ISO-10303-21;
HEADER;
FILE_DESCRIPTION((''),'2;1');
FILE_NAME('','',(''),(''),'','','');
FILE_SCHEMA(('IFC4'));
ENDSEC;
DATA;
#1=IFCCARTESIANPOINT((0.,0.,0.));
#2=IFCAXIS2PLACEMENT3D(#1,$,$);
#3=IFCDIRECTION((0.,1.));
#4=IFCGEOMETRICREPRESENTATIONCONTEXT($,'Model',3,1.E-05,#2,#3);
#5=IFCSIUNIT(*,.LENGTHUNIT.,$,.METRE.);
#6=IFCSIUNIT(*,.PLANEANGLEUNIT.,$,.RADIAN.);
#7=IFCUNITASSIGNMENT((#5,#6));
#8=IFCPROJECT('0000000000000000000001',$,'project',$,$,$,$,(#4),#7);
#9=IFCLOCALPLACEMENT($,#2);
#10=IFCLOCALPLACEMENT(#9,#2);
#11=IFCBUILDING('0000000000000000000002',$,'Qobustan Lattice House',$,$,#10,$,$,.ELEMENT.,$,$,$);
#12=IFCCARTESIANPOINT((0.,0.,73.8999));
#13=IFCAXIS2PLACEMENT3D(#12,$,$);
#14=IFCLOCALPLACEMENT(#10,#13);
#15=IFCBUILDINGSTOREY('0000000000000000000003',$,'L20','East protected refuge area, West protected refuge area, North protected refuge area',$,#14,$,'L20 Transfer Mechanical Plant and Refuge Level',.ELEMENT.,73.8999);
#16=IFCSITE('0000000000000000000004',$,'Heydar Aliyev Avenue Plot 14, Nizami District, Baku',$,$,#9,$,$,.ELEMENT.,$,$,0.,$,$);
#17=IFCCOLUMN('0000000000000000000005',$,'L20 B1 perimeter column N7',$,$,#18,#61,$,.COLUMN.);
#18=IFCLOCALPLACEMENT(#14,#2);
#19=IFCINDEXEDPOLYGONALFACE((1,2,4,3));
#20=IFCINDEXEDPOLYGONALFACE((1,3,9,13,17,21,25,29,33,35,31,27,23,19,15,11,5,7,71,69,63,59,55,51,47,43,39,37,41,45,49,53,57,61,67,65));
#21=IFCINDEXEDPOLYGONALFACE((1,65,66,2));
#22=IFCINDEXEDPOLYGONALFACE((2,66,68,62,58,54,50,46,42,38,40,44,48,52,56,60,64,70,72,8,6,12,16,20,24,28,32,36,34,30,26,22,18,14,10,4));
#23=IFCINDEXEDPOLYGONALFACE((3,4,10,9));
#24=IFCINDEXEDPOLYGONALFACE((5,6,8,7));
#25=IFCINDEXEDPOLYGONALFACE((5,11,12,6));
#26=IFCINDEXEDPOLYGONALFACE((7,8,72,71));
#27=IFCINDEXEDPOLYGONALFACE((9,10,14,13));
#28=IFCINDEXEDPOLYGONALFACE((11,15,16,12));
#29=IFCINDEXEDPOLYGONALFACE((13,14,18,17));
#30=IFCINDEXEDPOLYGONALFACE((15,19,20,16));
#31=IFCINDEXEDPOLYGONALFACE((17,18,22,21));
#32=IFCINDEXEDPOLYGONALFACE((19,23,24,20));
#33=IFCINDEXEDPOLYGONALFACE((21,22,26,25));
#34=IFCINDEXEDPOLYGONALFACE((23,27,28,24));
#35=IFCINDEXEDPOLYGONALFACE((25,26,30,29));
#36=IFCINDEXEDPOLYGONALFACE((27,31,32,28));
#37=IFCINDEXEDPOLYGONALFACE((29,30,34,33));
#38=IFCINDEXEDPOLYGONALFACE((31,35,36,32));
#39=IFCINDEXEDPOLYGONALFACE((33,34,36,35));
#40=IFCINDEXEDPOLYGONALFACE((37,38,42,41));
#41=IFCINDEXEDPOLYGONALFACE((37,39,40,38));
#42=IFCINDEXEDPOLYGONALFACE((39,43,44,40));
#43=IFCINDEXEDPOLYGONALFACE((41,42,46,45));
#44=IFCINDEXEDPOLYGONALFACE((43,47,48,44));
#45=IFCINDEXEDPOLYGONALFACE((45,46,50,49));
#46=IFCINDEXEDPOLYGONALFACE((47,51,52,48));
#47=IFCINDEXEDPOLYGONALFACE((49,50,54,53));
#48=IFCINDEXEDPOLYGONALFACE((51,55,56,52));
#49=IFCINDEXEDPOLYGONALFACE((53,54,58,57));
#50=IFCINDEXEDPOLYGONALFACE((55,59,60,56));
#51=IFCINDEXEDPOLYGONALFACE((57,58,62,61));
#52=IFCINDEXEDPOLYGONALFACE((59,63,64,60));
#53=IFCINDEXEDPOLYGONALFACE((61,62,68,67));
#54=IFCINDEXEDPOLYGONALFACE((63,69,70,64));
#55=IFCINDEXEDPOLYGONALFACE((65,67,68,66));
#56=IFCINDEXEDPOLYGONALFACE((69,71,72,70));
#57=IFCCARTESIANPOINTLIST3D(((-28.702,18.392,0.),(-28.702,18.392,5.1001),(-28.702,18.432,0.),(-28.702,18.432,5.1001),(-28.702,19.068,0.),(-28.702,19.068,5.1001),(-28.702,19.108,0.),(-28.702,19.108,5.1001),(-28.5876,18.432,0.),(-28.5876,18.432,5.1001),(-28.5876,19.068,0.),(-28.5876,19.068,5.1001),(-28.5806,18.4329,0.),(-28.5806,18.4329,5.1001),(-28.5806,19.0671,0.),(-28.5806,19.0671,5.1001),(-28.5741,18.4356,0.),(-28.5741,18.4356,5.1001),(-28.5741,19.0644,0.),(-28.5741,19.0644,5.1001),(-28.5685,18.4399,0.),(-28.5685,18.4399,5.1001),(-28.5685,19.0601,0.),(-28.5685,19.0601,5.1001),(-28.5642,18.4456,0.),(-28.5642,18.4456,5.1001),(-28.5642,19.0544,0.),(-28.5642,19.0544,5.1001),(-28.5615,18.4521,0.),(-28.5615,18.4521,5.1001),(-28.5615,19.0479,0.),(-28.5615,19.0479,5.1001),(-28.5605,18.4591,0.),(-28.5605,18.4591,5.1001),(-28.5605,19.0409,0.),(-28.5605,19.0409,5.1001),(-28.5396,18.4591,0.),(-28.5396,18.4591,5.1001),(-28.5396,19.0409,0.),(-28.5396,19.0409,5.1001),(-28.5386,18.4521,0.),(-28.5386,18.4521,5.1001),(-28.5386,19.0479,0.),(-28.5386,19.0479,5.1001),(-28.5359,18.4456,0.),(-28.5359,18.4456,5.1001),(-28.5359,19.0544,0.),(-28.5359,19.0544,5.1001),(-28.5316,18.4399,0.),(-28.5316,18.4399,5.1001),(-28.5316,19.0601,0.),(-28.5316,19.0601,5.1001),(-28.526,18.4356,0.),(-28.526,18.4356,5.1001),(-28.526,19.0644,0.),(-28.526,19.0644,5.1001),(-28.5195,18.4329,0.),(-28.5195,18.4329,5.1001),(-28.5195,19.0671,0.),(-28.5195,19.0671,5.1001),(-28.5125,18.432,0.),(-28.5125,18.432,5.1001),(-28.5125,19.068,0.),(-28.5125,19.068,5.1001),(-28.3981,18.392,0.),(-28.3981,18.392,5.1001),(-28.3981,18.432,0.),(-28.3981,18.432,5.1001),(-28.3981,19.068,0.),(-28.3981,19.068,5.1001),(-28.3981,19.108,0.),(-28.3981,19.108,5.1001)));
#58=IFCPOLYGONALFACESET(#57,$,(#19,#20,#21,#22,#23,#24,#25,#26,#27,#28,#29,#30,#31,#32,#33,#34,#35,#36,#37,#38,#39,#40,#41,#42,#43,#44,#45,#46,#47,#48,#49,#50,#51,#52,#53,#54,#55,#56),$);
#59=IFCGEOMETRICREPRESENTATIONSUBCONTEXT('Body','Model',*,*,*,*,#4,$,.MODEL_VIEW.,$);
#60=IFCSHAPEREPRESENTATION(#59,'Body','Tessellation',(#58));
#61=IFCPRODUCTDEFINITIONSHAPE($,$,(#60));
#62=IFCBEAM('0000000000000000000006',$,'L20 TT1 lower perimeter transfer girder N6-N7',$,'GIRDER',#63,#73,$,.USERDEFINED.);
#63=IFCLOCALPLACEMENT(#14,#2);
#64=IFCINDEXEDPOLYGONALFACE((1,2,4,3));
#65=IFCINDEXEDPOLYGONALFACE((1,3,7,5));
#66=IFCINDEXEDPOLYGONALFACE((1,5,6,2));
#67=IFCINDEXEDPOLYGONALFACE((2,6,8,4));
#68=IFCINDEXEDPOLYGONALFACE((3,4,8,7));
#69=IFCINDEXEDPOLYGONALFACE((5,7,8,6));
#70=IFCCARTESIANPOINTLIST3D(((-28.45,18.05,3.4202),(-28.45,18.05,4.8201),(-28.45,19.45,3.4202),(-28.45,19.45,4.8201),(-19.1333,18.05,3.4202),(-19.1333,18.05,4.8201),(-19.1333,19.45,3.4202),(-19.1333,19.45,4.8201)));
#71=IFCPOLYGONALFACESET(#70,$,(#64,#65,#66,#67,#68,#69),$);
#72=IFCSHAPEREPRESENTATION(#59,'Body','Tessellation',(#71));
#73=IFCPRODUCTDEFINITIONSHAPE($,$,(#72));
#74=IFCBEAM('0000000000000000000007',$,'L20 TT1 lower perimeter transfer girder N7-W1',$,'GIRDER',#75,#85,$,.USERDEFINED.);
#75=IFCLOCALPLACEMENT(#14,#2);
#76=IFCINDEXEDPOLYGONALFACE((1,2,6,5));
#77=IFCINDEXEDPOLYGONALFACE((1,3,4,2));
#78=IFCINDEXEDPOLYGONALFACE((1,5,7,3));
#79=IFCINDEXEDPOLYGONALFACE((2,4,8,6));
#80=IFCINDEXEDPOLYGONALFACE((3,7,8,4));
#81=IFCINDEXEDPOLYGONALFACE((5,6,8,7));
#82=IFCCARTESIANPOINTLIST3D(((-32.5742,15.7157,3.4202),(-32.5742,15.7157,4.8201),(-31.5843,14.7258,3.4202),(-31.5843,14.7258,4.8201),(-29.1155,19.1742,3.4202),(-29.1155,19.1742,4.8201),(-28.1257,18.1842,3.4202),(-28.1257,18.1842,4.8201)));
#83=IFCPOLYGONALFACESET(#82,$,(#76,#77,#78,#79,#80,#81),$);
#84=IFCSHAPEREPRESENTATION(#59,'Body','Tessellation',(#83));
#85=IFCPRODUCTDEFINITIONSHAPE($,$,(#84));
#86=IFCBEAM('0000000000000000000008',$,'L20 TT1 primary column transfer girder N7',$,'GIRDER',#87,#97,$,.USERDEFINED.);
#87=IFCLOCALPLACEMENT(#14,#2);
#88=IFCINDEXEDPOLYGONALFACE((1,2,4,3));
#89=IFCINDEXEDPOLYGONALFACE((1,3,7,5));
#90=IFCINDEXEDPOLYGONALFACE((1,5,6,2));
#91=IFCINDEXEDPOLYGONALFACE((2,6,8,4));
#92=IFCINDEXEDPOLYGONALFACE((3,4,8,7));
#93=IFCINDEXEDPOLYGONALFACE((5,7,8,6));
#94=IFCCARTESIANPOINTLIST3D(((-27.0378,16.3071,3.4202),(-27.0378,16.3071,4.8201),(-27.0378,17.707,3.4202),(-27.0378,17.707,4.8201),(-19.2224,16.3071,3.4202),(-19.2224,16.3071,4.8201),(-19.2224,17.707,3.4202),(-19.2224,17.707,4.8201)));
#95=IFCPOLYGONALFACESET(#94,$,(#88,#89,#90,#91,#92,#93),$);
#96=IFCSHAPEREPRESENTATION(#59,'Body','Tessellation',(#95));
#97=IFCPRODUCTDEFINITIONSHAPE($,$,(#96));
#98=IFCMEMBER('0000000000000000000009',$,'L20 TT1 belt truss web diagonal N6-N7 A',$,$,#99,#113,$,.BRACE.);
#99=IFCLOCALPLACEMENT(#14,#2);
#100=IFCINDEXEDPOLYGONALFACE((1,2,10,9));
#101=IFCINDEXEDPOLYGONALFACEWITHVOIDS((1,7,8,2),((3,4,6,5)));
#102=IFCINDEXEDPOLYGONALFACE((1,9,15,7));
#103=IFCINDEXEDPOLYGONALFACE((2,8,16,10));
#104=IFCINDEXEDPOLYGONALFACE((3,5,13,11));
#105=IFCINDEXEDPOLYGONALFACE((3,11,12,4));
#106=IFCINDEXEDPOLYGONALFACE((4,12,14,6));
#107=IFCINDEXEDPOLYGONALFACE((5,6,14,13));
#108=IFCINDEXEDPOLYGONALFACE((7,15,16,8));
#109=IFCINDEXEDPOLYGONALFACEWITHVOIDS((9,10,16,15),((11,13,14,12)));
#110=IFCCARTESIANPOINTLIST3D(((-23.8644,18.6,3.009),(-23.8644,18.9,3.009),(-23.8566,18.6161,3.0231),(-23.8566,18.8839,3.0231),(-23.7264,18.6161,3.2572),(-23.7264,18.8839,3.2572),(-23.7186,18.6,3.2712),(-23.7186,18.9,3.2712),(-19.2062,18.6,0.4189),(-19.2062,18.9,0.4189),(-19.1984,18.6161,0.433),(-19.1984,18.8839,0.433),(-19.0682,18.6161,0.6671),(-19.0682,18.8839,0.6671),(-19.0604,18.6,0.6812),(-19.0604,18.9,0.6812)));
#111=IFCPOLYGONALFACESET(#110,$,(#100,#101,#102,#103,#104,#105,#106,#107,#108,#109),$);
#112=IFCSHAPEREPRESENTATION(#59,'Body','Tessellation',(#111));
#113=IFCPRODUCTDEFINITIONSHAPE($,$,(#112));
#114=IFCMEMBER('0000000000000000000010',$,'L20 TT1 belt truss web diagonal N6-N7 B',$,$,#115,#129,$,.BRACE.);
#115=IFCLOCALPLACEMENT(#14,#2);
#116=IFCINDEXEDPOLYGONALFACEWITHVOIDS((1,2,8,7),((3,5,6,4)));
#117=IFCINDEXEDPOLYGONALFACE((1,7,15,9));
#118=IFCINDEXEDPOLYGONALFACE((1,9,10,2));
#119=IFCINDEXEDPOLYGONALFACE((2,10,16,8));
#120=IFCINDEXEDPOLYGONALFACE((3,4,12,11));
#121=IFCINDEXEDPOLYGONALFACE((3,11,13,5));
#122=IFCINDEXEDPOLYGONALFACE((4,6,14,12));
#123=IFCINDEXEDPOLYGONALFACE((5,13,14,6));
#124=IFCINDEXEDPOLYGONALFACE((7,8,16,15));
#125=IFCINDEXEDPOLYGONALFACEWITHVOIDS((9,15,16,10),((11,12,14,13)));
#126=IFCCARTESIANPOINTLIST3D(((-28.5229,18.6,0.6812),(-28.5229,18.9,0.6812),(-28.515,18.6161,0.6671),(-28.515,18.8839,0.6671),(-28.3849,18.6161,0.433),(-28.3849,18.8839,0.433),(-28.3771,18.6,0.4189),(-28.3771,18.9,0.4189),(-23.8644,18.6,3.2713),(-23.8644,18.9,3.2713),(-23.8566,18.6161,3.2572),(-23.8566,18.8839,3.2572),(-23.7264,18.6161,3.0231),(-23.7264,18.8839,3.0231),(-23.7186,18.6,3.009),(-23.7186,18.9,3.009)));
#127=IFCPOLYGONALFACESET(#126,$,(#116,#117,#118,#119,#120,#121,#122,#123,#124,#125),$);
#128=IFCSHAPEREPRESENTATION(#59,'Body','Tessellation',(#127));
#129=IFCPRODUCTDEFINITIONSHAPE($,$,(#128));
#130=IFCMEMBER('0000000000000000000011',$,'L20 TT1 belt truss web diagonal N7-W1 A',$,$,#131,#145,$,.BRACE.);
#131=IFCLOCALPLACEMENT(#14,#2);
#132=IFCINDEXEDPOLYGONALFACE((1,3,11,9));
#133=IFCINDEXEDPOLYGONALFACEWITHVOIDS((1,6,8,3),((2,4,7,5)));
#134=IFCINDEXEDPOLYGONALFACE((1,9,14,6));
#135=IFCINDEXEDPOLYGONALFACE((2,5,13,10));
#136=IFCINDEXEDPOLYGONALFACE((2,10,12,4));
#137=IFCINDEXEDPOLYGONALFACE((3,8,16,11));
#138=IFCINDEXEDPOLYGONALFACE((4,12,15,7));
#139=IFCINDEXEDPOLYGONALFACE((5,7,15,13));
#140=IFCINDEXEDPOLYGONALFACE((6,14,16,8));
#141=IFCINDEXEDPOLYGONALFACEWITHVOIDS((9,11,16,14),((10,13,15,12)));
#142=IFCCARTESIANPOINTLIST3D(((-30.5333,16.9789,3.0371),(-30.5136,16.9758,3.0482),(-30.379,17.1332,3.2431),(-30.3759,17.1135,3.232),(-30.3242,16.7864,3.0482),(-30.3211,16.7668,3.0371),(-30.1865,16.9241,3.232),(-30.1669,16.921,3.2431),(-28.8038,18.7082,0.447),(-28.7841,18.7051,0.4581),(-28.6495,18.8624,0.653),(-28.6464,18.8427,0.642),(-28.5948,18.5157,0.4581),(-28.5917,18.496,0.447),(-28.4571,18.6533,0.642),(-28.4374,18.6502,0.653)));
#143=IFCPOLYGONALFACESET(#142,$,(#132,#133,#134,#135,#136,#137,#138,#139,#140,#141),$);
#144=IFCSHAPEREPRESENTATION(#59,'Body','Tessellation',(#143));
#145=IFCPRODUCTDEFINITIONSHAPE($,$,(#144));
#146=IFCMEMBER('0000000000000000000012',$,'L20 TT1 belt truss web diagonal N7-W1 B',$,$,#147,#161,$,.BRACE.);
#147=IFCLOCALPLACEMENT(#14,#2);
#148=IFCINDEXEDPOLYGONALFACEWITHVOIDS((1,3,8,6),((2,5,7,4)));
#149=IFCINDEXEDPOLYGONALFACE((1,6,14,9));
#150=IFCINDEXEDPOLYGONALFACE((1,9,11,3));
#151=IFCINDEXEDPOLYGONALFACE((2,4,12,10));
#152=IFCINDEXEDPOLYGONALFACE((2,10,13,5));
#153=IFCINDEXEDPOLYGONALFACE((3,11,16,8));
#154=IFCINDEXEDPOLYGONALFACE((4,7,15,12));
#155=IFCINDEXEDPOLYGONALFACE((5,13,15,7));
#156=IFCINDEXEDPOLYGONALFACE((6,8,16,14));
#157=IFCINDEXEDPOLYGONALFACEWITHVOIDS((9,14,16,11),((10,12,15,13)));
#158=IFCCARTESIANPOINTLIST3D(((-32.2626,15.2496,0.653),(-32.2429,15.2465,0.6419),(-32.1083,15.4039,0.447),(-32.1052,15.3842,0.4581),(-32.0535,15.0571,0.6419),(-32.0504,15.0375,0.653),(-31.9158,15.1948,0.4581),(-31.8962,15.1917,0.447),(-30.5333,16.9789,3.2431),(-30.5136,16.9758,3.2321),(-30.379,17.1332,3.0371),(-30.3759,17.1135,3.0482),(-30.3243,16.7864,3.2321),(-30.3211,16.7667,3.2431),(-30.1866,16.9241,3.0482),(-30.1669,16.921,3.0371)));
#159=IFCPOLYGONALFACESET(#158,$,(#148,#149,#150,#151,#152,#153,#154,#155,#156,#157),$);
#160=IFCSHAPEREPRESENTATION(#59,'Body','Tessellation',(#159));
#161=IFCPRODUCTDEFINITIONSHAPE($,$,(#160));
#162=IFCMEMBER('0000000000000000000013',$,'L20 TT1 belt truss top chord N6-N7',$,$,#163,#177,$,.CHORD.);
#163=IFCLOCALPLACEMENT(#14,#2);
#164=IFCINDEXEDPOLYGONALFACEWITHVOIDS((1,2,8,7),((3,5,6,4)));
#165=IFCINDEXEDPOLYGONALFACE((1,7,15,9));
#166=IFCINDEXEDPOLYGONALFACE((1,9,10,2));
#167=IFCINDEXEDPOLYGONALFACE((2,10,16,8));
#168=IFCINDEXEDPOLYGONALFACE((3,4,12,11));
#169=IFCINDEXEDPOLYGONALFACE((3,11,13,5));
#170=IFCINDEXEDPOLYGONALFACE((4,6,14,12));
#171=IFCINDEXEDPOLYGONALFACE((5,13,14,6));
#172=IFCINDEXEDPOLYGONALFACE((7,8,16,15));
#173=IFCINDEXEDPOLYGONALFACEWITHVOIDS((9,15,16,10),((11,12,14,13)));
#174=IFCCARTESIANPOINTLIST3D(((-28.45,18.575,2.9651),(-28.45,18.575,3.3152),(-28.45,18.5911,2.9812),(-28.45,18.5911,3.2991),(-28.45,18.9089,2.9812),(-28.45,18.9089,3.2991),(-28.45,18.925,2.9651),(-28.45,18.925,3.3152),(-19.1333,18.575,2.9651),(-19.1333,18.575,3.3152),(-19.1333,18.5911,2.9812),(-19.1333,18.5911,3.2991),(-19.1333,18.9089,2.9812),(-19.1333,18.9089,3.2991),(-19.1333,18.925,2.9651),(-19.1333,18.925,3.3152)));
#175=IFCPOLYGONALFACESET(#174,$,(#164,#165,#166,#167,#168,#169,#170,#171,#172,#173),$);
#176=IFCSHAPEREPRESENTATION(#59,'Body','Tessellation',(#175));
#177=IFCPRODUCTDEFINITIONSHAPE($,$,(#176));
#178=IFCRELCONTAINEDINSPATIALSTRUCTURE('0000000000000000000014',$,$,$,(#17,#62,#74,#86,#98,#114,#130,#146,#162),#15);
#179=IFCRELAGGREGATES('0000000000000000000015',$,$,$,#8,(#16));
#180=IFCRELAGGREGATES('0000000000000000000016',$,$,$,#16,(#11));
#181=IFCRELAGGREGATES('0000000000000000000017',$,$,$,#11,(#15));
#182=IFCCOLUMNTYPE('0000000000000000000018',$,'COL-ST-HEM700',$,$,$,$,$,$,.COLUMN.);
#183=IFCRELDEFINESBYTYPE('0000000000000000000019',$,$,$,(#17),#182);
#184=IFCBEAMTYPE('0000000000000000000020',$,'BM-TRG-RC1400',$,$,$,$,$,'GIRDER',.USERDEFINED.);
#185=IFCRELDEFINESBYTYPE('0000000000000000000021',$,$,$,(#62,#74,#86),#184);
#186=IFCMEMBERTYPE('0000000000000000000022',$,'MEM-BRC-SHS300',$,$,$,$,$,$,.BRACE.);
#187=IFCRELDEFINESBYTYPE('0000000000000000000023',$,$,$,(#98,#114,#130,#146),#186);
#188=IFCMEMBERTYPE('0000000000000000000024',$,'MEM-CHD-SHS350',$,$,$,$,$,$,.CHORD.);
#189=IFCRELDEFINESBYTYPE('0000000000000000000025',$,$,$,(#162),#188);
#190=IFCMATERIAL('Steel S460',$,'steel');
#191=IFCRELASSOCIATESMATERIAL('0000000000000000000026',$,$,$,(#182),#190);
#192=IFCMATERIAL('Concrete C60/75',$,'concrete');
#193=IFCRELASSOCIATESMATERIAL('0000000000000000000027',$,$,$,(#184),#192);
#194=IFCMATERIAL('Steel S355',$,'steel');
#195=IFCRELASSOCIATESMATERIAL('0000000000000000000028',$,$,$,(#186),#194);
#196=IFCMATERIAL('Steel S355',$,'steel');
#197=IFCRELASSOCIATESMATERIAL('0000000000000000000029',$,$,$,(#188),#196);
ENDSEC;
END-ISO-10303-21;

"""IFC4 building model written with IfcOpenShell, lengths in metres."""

from ifc_helpers import new_model, si_unit, direction, frame, origin, origin_2d, place, context, subcontext, project, spatial, rectangle, hollow_rectangle, i_section, extrude, material, material_profile, profile_set, type_object, element, save


model = new_model("IFC4")

# Units and contexts
model_context = context("Model", 3, precision=1e-05, world=origin(), true_north=direction((0.0, 1.0)))
body_context = subcontext(model_context, "Body", "Model", "MODEL_VIEW")
ifc_project = project(units=[si_unit("LENGTHUNIT", "METRE"), si_unit("PLANEANGLEUNIT", "RADIAN")], contexts=[model_context])

# Site, building, storey
site_placement = place(None, origin())
site = spatial("IfcSite", under=ifc_project, at=site_placement, Name="Heydar Aliyev Avenue Plot 14, Nizami District, Baku", CompositionType="ELEMENT", RefElevation=0.0)
building_placement = place(site_placement, origin())
building = spatial("IfcBuilding", under=site, at=building_placement, Name="Qobustan Lattice House", CompositionType="ELEMENT")
storey_placement = place(building_placement, frame((0.0, 0.0, 73.8999)))
storey = spatial("IfcBuildingStorey", under=building, at=storey_placement, Name="L20", Description="East protected refuge area, West protected refuge area, North protected refuge area", LongName="L20 Transfer Mechanical Plant and Refuge Level", CompositionType="ELEMENT", Elevation=73.8999)

# Column
ifc_material_1 = material(Name="Steel S460", Category="steel")
ifc_material_profile_1 = material_profile(ifc_material_1, i_section(OverallWidth=0.304, OverallDepth=0.7161, WebThickness=0.021, FlangeThickness=0.04, FilletRadius=0.0271, at=origin_2d()), Name="HEM700")
ifc_profile_set_1 = profile_set([ifc_material_profile_1], Name="Steel S460")
column_type = type_object("IfcColumnType", Name="COL-ST-HEM700", PredefinedType="COLUMN", material=ifc_profile_set_1)
column_placement = place(storey_placement, frame((-28.55, 18.75, 0.0), z_axis=(0.0, 0.0, 1.0), x_axis=(1.0, 0.0, 0.0)))
element("IfcColumn", 1, at=column_placement, inside=storey, type_object=column_type, Name="L20 B1 perimeter column N7", PredefinedType="COLUMN", context=body_context, shape_type="SweptSolid", body=[
    extrude(i_section(OverallWidth=0.304, OverallDepth=0.7161, WebThickness=0.021, FlangeThickness=0.04, FilletRadius=0.0271, at=origin_2d()), origin(), (0.0, 0.0, 1.0), 5.1001),
])

# Beams
ifc_material_2 = material(Name="Concrete C60/75", Category="concrete")
ifc_material_profile_2 = material_profile(ifc_material_2, rectangle(XDim=1.3999, YDim=1.3999, at=origin_2d()), Name="RC1400x1400")
ifc_profile_set_2 = profile_set([ifc_material_profile_2], Name="Concrete C60/75")
beam_type = type_object("IfcBeamType", Name="BM-TRG-RC1400", ElementType="GIRDER", PredefinedType="USERDEFINED", material=ifc_profile_set_2)
beam_1_placement = place(storey_placement, frame((-19.1333, 18.75, 4.1201), z_axis=(-1.0, 0.0, 0.0), x_axis=(0.0, -1.0, 0.0)))
element("IfcBeam", 2, at=beam_1_placement, inside=storey, type_object=beam_type, Name="L20 TT1 lower perimeter transfer girder N6-N7", ObjectType="GIRDER", PredefinedType="USERDEFINED", context=body_context, shape_type="SweptSolid", body=[
    extrude(rectangle(XDim=1.3999, YDim=1.3999, at=origin_2d()), origin(), (0.0, 0.0, 1.0), 9.3167),
])
beam_2_placement = place(storey_placement, frame((-28.6206, 18.6792, 4.1201), z_axis=(-0.707132, -0.707082, 0.0), x_axis=(0.707082, -0.707132, 0.0)))
element("IfcBeam", 3, at=beam_2_placement, inside=storey, type_object=beam_type, Name="L20 TT1 lower perimeter transfer girder N7-W1", ObjectType="GIRDER", PredefinedType="USERDEFINED", context=body_context, shape_type="SweptSolid", body=[
    extrude(rectangle(XDim=1.3999, YDim=1.3999, at=origin_2d()), origin(), (0.0, 0.0, 1.0), 4.8911),
])
beam_3_placement = place(storey_placement, frame((-27.0378, 17.0071, 4.1201), z_axis=(1.0, 0.0, 0.0), x_axis=(0.0, 1.0, 0.0)))
element("IfcBeam", 4, at=beam_3_placement, inside=storey, type_object=beam_type, Name="L20 TT1 primary column transfer girder N7", ObjectType="GIRDER", PredefinedType="USERDEFINED", context=body_context, shape_type="SweptSolid", body=[
    extrude(rectangle(XDim=1.3999, YDim=1.3999, at=origin_2d()), origin(), (0.0, 0.0, 1.0), 7.8154),
])

# Members
ifc_material_3 = material(Name="Steel S355", Category="steel")
ifc_material_profile_3 = material_profile(ifc_material_3, hollow_rectangle(XDim=0.3, YDim=0.3, WallThickness=0.0161, at=origin_2d()), Name="SHS300x300x16")
ifc_profile_set_3 = profile_set([ifc_material_profile_3], Name="Steel S355")
member_type_1 = type_object("IfcMemberType", Name="MEM-BRC-SHS300", PredefinedType="BRACE", material=ifc_profile_set_3)
member_1_placement = place(storey_placement, frame((-19.1333, 18.75, 0.55), z_axis=(-0.873982, 0.0, 0.485958), x_axis=(0.0, -1.0, 0.0)))
element("IfcMember", 5, at=member_1_placement, inside=storey, type_object=member_type_1, Name="L20 TT1 belt truss web diagonal N6-N7 A", PredefinedType="BRACE", context=body_context, shape_type="SweptSolid", body=[
    extrude(hollow_rectangle(XDim=0.3, YDim=0.3, WallThickness=0.0161, at=origin_2d()), origin(), (0.0, 0.0, 1.0), 5.3298),
])
member_2_placement = place(storey_placement, frame((-23.7915, 18.75, 3.1401), z_axis=(-0.873993, 0.0, -0.485938), x_axis=(0.0, -1.0, 0.0)))
element("IfcMember", 6, at=member_2_placement, inside=storey, type_object=member_type_1, Name="L20 TT1 belt truss web diagonal N6-N7 B", PredefinedType="BRACE", context=body_context, shape_type="SweptSolid", body=[
    extrude(hollow_rectangle(XDim=0.3, YDim=0.3, WallThickness=0.0161, at=origin_2d()), origin(), (0.0, 0.0, 1.0), 5.3301),
])
for number, where, z_axis, x_axis, name in (
    (7, (-28.6206, 18.6792, 0.55), (-0.485498, -0.48543, 0.727083), (0.707057, -0.707157, 0.0), "L20 TT1 belt truss web diagonal N7-W1 A"),
    (8, (-30.3501, 16.95, 3.1401), (-0.485446, -0.485446, -0.727107), (0.707107, -0.707107, 0.0), "L20 TT1 belt truss web diagonal N7-W1 B"),
):
    element("IfcMember", number, at=place(storey_placement, frame(where, z_axis=z_axis, x_axis=x_axis)), inside=storey, type_object=member_type_1, Name=name, PredefinedType="BRACE", context=body_context, shape_type="SweptSolid", body=[
        extrude(hollow_rectangle(XDim=0.3, YDim=0.3, WallThickness=0.0161, at=origin_2d()), origin(), (0.0, 0.0, 1.0), 3.5623),
    ])
ifc_material_4 = material(Name="Steel S355", Category="steel")
ifc_material_profile_4 = material_profile(ifc_material_4, hollow_rectangle(XDim=0.3501, YDim=0.3501, WallThickness=0.0161, at=origin_2d()), Name="SHS350x350x16")
ifc_profile_set_4 = profile_set([ifc_material_profile_4], Name="Steel S355")
member_type_2 = type_object("IfcMemberType", Name="MEM-CHD-SHS350", PredefinedType="CHORD", material=ifc_profile_set_4)
member_3_placement = place(storey_placement, frame((-19.1333, 18.75, 3.1401), z_axis=(-1.0, 0.0, 0.0), x_axis=(0.0, -1.0, 0.0)))
element("IfcMember", 9, at=member_3_placement, inside=storey, type_object=member_type_2, Name="L20 TT1 belt truss top chord N6-N7", PredefinedType="CHORD", context=body_context, shape_type="SweptSolid", body=[
    extrude(hollow_rectangle(XDim=0.3501, YDim=0.3501, WallThickness=0.0161, at=origin_2d()), origin(), (0.0, 0.0, 1.0), 9.3167),
])

save(model, "model.ifc")
